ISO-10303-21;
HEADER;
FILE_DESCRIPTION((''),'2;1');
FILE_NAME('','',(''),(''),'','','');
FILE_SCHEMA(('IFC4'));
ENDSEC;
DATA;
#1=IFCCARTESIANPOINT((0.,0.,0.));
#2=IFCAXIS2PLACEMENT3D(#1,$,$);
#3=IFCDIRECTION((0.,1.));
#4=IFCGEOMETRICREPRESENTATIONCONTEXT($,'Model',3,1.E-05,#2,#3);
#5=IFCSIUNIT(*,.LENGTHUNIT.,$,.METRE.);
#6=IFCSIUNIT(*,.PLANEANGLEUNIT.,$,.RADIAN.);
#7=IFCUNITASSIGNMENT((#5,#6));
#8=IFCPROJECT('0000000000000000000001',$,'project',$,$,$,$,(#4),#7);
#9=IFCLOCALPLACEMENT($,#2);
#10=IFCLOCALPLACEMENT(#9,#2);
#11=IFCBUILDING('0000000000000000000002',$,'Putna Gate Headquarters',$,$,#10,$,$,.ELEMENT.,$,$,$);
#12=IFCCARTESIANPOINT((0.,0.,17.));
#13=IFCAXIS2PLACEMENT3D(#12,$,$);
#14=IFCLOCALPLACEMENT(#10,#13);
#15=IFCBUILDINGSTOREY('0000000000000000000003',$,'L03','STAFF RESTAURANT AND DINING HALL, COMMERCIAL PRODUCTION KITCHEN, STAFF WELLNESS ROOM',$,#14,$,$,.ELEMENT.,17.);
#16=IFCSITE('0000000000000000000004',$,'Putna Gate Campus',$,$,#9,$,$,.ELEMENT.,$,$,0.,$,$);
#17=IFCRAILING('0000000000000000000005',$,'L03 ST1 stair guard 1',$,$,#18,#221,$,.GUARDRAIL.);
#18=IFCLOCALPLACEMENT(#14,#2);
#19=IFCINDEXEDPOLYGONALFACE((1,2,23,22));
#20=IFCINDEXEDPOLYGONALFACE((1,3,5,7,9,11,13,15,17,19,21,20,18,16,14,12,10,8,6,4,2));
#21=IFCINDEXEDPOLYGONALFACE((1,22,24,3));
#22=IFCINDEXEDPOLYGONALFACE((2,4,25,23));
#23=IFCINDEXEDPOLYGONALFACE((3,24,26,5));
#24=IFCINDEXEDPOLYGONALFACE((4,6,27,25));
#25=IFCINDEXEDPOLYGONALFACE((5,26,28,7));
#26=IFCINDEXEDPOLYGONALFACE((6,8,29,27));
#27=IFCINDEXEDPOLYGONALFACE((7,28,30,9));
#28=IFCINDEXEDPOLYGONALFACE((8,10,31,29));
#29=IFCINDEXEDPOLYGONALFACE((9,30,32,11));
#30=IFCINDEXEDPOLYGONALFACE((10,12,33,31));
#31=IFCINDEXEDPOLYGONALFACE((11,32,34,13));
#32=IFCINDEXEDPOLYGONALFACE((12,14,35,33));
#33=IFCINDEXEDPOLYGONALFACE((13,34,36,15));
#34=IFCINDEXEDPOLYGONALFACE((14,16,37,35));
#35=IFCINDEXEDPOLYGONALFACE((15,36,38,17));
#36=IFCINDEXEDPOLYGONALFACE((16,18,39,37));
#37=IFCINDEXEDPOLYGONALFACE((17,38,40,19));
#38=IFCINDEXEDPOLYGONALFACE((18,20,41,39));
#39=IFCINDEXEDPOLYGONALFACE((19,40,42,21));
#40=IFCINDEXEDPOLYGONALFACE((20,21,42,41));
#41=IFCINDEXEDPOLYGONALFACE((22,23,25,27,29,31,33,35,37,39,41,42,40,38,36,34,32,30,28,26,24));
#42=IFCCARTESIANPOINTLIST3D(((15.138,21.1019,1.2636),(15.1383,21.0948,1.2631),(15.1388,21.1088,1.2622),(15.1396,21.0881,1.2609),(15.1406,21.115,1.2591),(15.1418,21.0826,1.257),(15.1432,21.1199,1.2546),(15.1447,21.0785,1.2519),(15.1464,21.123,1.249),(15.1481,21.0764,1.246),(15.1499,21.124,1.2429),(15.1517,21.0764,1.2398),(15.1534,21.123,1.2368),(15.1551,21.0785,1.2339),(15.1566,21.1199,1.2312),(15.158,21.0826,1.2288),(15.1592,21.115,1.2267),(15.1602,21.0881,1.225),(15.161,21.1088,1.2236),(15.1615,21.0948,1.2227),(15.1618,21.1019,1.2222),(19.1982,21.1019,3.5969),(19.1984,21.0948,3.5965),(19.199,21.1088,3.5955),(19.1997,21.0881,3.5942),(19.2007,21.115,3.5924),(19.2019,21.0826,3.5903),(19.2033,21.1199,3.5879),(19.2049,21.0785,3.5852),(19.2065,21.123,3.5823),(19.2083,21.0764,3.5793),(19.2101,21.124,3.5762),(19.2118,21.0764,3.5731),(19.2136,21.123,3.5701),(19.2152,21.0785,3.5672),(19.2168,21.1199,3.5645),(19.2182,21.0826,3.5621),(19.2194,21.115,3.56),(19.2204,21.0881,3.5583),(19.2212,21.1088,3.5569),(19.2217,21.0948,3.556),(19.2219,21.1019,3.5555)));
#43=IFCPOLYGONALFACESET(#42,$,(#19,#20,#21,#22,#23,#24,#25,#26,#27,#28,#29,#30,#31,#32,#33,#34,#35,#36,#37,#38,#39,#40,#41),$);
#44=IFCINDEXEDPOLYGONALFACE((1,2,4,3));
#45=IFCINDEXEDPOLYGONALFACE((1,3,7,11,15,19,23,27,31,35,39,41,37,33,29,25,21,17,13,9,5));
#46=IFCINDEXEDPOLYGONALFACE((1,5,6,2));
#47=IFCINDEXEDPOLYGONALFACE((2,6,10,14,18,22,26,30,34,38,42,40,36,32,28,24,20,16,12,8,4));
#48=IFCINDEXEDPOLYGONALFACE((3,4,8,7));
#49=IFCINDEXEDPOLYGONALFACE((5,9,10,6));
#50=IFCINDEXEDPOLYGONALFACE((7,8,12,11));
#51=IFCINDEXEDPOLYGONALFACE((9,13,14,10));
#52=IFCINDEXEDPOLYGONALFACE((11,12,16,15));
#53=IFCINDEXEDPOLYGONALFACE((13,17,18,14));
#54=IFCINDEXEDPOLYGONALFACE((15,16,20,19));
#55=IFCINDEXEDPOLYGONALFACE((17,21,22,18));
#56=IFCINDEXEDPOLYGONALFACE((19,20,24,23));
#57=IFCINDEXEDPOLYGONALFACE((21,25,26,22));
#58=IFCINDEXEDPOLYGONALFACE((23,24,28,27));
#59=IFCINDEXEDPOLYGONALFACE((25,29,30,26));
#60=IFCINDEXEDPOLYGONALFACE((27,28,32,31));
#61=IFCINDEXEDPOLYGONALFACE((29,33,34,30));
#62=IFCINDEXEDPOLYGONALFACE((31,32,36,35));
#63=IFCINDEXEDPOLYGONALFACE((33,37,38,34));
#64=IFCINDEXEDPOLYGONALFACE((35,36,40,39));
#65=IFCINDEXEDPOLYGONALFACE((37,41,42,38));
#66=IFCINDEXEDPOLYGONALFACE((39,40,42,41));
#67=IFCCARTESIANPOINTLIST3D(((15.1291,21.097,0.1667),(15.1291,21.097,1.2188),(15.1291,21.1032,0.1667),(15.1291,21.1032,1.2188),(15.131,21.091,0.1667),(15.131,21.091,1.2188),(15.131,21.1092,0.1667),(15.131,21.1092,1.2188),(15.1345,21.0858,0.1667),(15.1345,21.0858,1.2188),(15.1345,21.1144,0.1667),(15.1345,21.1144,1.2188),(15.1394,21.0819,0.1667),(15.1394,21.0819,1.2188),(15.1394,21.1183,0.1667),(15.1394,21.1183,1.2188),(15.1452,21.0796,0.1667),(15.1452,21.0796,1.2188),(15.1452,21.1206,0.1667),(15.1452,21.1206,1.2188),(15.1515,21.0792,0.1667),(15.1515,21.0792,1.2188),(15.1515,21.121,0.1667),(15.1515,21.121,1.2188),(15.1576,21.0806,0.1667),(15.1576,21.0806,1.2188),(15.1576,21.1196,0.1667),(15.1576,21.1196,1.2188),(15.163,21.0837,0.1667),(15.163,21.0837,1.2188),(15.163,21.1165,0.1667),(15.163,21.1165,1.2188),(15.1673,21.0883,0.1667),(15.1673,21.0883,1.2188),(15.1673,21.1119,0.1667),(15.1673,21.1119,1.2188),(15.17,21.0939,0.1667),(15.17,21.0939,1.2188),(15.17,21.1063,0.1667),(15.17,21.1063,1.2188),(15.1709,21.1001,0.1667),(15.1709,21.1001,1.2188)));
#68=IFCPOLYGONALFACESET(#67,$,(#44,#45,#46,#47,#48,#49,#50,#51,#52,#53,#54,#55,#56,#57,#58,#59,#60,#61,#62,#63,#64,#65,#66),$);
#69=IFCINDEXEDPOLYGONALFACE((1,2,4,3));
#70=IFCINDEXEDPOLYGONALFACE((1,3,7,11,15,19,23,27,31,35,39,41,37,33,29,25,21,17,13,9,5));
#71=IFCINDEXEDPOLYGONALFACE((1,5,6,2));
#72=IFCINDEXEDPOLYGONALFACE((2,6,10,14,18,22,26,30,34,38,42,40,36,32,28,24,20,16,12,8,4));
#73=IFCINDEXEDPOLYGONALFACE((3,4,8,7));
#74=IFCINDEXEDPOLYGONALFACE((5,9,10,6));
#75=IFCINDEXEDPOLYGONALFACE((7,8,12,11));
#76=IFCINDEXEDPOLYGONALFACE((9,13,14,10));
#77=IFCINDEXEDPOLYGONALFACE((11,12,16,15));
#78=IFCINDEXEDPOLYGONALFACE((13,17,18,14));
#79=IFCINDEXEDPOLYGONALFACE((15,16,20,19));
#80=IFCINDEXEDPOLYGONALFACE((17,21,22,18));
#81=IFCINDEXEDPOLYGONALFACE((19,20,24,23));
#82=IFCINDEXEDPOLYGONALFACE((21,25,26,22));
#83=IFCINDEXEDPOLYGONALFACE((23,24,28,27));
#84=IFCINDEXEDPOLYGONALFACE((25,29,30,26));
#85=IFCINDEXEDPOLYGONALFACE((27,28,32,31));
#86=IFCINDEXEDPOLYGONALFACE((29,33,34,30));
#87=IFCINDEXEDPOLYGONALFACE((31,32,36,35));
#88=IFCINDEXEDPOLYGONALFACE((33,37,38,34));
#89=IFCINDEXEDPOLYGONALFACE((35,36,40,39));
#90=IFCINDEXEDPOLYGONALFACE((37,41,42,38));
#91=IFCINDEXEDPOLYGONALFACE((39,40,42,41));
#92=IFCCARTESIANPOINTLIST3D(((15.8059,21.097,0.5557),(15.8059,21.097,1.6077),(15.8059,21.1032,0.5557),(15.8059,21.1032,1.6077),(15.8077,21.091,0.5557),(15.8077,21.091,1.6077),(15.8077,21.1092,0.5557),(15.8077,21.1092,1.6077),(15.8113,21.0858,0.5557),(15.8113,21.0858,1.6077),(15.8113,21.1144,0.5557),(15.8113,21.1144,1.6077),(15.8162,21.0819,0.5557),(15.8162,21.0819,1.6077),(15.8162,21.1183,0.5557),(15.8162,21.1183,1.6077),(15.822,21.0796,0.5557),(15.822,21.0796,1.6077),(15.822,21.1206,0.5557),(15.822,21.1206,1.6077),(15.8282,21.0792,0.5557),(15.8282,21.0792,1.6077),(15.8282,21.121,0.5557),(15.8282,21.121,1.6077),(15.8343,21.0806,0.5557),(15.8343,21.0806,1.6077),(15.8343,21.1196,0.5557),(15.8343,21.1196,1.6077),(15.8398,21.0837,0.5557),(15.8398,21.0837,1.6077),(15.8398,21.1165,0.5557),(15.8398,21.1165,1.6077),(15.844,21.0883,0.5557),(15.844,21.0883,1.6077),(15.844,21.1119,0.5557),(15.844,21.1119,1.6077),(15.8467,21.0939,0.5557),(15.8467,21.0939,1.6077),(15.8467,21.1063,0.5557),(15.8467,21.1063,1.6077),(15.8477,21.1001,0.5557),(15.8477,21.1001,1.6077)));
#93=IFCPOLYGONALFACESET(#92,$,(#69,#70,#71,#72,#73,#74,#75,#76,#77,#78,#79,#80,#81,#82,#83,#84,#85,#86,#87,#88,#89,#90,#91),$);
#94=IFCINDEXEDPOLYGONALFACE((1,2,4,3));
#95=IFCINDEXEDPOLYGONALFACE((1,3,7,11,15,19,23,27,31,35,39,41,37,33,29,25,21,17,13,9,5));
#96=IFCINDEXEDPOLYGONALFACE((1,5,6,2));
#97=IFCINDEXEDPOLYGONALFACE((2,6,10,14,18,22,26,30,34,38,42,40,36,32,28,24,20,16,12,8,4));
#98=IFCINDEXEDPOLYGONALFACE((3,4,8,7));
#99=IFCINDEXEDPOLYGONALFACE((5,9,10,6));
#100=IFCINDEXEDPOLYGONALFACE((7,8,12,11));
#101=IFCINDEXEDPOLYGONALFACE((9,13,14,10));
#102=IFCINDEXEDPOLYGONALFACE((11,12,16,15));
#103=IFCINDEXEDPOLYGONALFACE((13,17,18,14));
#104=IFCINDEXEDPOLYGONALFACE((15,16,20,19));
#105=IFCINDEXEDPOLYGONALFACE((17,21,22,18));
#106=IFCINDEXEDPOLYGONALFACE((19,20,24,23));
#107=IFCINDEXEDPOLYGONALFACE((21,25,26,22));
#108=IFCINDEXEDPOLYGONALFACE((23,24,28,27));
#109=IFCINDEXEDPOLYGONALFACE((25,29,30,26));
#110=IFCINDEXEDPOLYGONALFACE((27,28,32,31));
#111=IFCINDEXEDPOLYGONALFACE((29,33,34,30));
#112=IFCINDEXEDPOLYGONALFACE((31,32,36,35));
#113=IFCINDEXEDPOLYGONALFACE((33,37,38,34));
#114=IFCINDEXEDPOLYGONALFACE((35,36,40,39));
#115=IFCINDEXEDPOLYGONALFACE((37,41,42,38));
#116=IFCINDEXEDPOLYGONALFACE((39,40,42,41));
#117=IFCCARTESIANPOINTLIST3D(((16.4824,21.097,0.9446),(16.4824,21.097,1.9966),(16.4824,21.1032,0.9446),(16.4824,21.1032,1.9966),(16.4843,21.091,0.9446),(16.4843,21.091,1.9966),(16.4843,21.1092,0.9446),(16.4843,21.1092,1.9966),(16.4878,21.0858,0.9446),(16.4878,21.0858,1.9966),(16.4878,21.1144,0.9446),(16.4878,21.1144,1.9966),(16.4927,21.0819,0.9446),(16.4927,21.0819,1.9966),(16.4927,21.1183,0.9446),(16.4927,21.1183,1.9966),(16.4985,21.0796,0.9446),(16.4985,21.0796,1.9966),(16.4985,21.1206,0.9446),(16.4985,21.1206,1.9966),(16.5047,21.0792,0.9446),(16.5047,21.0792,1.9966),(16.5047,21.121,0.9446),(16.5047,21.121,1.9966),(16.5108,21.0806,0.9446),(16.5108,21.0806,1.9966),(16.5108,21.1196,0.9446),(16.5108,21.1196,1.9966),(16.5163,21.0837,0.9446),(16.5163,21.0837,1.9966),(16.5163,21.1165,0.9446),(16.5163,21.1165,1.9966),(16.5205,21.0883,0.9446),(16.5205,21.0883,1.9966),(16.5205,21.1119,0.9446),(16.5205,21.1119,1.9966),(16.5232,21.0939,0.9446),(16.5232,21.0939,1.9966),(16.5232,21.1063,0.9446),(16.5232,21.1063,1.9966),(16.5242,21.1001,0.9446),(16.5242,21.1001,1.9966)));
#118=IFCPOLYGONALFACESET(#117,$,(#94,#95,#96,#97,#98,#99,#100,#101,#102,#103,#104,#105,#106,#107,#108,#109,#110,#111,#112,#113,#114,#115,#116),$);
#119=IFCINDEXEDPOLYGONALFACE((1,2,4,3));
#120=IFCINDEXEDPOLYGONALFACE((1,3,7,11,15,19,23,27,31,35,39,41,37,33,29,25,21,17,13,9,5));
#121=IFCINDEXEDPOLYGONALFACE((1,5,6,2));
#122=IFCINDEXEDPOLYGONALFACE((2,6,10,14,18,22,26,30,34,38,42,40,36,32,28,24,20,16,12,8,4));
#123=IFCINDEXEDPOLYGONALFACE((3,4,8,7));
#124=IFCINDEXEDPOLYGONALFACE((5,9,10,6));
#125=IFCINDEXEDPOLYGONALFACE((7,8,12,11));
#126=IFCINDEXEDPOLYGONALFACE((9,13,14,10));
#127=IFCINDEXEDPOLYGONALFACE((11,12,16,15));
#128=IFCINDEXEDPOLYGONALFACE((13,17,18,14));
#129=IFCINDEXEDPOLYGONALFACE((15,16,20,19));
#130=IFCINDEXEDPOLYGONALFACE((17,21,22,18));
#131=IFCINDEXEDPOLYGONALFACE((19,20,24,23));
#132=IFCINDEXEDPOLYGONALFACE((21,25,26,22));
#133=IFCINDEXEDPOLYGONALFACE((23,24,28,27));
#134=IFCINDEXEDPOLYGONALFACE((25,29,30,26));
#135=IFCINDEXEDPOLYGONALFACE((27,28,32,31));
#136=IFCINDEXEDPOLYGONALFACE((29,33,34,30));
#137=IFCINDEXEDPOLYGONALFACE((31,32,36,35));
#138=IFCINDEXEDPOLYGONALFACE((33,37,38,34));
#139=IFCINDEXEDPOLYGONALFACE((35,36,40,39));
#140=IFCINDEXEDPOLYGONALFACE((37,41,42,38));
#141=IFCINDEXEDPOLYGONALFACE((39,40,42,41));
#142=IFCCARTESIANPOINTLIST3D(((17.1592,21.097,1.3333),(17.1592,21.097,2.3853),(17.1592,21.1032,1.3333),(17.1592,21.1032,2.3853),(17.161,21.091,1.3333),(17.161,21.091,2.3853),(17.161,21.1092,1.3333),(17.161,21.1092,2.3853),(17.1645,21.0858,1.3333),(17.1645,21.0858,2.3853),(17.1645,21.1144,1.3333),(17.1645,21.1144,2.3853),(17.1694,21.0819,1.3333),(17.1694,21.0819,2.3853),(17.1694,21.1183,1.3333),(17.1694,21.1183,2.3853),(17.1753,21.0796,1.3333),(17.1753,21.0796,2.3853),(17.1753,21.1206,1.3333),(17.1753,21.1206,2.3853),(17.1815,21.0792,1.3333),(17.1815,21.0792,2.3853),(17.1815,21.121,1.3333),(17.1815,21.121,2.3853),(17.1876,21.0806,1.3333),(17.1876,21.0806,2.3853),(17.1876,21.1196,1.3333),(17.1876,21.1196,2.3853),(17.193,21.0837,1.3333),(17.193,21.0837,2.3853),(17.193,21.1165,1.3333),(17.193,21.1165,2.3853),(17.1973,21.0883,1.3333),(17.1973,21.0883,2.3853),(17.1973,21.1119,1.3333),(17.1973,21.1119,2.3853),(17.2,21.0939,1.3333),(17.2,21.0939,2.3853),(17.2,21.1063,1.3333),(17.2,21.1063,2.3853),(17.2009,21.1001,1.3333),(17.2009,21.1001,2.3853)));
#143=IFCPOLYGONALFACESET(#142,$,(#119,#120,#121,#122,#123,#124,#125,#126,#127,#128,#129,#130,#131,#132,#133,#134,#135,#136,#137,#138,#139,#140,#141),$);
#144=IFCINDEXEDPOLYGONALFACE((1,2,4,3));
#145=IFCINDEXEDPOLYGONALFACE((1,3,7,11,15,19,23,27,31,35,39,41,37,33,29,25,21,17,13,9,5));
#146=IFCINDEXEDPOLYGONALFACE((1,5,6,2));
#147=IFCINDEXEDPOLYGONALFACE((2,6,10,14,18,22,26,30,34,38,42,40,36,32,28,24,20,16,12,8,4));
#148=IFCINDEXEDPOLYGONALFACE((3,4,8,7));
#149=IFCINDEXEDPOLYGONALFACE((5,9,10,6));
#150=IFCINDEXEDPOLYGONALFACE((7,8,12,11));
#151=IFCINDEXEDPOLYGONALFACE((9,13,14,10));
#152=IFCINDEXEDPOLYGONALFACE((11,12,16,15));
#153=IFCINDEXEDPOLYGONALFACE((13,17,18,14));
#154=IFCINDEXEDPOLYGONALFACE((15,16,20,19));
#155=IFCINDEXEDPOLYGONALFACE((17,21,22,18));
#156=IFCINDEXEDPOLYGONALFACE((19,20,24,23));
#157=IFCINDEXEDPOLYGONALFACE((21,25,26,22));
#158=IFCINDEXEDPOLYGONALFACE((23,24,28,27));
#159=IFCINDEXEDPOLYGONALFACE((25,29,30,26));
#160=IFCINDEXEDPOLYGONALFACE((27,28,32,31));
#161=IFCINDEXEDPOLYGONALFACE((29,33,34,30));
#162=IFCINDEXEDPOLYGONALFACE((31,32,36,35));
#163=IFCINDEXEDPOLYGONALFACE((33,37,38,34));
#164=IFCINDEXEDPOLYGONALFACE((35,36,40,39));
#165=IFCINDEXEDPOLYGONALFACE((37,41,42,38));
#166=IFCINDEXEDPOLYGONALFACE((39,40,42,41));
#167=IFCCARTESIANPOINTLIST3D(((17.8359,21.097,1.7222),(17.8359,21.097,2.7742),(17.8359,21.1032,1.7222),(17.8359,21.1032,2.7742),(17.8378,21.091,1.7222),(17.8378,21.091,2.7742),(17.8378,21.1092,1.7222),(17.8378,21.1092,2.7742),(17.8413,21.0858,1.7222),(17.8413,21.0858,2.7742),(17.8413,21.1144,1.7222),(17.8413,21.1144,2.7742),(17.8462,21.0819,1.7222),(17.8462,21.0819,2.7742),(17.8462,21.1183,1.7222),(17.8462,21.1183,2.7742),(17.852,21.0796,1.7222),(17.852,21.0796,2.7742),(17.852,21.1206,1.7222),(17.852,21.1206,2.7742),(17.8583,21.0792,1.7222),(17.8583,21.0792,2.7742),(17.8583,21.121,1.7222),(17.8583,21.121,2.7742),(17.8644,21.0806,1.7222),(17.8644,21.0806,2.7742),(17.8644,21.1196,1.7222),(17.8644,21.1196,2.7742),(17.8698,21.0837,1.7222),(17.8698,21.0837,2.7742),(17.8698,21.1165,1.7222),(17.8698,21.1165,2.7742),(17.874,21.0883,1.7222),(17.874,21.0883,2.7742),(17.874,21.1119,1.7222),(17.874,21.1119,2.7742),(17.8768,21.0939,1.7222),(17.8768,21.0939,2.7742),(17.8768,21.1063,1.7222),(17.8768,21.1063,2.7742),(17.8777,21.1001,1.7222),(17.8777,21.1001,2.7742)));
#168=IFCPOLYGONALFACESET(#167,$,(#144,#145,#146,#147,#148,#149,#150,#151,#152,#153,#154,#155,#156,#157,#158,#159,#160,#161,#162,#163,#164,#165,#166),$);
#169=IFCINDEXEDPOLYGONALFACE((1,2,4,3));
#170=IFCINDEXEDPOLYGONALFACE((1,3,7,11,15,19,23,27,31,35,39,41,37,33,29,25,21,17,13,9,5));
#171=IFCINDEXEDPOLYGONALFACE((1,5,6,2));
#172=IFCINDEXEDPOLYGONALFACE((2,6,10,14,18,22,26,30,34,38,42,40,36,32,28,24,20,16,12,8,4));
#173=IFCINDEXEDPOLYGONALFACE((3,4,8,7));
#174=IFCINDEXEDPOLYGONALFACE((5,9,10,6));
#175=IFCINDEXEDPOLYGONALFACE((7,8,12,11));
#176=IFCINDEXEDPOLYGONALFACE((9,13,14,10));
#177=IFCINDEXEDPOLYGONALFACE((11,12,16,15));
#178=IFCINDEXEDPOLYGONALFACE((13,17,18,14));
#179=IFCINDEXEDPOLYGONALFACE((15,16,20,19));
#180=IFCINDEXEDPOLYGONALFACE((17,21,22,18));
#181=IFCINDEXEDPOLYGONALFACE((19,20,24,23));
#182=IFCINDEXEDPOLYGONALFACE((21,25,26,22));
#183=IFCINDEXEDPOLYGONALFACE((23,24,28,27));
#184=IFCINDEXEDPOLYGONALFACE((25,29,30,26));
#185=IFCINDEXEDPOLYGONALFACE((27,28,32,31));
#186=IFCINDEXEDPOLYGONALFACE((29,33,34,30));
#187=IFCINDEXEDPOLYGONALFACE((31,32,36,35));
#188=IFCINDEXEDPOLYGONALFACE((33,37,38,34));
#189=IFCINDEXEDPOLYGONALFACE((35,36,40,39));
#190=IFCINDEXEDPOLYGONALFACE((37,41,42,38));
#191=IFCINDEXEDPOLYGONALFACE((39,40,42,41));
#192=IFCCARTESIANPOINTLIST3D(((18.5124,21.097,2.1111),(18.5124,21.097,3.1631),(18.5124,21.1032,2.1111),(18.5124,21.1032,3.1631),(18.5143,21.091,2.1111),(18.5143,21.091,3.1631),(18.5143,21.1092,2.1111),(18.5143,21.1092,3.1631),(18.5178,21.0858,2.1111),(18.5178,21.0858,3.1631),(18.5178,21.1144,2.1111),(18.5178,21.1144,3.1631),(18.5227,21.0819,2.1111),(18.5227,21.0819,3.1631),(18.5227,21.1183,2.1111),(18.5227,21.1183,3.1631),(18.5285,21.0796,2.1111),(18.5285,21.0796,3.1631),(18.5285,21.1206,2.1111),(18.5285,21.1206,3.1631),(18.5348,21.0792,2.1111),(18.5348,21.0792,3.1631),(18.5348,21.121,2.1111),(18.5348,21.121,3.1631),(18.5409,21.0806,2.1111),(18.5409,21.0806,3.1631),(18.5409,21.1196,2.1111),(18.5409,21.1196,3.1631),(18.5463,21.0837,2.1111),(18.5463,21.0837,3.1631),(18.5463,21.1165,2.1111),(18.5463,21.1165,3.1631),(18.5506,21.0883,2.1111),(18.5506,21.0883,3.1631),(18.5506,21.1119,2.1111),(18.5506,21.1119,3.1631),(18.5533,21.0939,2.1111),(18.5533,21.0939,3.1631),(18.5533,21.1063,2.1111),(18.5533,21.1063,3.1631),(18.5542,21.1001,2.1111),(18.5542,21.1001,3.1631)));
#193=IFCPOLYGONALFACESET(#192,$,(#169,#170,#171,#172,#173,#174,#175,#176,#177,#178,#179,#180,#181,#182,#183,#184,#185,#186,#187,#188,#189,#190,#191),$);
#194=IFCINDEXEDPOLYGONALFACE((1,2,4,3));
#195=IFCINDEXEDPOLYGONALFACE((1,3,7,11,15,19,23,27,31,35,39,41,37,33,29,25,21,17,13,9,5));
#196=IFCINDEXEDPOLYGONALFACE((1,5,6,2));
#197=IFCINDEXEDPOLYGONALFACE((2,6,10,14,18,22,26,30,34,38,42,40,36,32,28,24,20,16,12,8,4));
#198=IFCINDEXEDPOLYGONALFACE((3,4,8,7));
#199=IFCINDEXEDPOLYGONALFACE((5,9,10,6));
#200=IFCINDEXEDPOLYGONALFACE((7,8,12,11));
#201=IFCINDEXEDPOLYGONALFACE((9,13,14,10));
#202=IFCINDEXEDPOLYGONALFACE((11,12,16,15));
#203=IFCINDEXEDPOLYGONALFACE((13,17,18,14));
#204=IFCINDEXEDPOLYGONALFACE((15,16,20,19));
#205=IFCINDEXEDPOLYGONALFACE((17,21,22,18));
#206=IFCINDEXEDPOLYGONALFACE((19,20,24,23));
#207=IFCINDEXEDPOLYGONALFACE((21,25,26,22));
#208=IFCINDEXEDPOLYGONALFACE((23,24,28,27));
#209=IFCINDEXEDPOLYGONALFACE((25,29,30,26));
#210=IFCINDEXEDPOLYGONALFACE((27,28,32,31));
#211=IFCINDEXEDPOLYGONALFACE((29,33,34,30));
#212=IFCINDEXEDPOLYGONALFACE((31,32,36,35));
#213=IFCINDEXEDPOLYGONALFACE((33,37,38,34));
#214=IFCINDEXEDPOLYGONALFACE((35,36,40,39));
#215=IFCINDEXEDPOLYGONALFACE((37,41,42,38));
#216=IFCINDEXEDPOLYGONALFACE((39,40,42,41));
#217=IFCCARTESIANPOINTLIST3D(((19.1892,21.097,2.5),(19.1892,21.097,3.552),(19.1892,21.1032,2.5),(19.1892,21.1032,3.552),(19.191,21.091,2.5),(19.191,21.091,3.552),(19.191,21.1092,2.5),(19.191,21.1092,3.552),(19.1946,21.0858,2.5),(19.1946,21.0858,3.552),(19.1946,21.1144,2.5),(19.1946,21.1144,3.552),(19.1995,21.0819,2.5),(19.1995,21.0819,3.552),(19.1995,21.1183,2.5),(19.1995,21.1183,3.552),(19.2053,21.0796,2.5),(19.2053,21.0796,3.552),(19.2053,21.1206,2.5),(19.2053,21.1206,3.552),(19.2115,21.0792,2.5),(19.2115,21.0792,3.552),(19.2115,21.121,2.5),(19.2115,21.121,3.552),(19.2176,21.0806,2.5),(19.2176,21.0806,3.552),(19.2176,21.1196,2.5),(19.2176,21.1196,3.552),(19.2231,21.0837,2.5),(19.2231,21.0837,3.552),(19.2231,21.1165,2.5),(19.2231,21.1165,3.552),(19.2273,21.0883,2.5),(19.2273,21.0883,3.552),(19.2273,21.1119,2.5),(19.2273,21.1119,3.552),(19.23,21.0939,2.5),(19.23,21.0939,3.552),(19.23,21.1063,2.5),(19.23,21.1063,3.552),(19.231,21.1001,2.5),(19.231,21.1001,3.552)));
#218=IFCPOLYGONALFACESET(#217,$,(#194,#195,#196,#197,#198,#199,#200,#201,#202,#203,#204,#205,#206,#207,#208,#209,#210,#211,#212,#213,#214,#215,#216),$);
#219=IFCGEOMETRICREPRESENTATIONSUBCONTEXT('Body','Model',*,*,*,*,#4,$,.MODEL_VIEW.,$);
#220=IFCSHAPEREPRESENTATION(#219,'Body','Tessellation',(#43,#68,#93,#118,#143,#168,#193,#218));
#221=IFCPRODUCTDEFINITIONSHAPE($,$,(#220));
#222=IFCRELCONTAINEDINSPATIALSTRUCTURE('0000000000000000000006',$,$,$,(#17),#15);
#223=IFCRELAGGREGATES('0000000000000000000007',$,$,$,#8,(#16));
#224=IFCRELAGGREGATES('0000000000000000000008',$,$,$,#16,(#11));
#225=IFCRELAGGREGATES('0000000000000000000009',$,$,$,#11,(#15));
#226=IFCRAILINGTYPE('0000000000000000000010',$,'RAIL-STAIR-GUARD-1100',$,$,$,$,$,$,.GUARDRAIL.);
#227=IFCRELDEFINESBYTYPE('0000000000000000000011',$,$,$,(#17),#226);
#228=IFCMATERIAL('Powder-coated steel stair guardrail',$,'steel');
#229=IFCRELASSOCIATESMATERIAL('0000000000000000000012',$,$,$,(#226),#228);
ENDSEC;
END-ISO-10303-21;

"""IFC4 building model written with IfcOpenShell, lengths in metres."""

from ifc_helpers import new_model, si_unit, direction, frame, origin, origin_2d, place, context, subcontext, project, spatial, circle, extrude, material, type_object, element, save


model = new_model("IFC4")

# Units and contexts
model_context = context("Model", 3, precision=1e-05, world=origin(), true_north=direction((0.0, 1.0)))
body_context = subcontext(model_context, "Body", "Model", "MODEL_VIEW")
ifc_project = project(units=[si_unit("LENGTHUNIT", "METRE"), si_unit("PLANEANGLEUNIT", "RADIAN")], contexts=[model_context])

# Site, building, storey
site_placement = place(None, origin())
site = spatial("IfcSite", under=ifc_project, at=site_placement, Name="Putna Gate Campus", CompositionType="ELEMENT", RefElevation=0.0)
building_placement = place(site_placement, origin())
building = spatial("IfcBuilding", under=site, at=building_placement, Name="Putna Gate Headquarters", CompositionType="ELEMENT")
storey_placement = place(building_placement, frame((0.0, 0.0, 17.0)))
storey = spatial("IfcBuildingStorey", under=building, at=storey_placement, Name="L03", Description="STAFF RESTAURANT AND DINING HALL, COMMERCIAL PRODUCTION KITCHEN, STAFF WELLNESS ROOM", CompositionType="ELEMENT", Elevation=17.0)

# Railing
ifc_material_1 = material(Name="Powder-coated steel stair guardrail", Category="steel")
railing_type = type_object("IfcRailingType", Name="RAIL-STAIR-GUARD-1100", PredefinedType="GUARDRAIL", material=ifc_material_1)
railing_1_placement = place(storey_placement, frame((15.1499, 21.1001, 0.1667)))
element("IfcRailing", 1, at=railing_1_placement, inside=storey, type_object=railing_type, Name="L03 ST1 stair guard 1", PredefinedType="GUARDRAIL", context=body_context, shape_type="SweptSolid", body=[
    extrude(circle(Radius=0.0239, at=origin_2d()), frame((0.0, 0.0, 1.0762), z_axis=(0.867025, 0.0, 0.498265), x_axis=(0.0, 1.0, 0.0)), (0.0, 0.0, 1.0), 4.6829),
    extrude(circle(Radius=0.021, at=origin_2d()), origin(), (0.0, 0.0, 1.0), 1.052),
    extrude(circle(Radius=0.021, at=origin_2d()), frame((0.6768, 0.0, 0.3889)), (0.0, 0.0, 1.0), 1.052),
    extrude(circle(Radius=0.021, at=origin_2d()), frame((1.3533, 0.0, 0.7778)), (0.0, 0.0, 1.0), 1.052),
    extrude(circle(Radius=0.021, at=origin_2d()), frame((2.03, 0.0, 1.1665)), (0.0, 0.0, 1.0), 1.052),
    extrude(circle(Radius=0.021, at=origin_2d()), frame((2.7068, 0.0, 1.5554)), (0.0, 0.0, 1.0), 1.052),
    extrude(circle(Radius=0.021, at=origin_2d()), frame((3.3833, 0.0, 1.9443)), (0.0, 0.0, 1.0), 1.052),
    extrude(circle(Radius=0.021, at=origin_2d()), frame((4.0601, 0.0, 2.3333)), (0.0, 0.0, 1.0), 1.052),
])

save(model, "model.ifc")
